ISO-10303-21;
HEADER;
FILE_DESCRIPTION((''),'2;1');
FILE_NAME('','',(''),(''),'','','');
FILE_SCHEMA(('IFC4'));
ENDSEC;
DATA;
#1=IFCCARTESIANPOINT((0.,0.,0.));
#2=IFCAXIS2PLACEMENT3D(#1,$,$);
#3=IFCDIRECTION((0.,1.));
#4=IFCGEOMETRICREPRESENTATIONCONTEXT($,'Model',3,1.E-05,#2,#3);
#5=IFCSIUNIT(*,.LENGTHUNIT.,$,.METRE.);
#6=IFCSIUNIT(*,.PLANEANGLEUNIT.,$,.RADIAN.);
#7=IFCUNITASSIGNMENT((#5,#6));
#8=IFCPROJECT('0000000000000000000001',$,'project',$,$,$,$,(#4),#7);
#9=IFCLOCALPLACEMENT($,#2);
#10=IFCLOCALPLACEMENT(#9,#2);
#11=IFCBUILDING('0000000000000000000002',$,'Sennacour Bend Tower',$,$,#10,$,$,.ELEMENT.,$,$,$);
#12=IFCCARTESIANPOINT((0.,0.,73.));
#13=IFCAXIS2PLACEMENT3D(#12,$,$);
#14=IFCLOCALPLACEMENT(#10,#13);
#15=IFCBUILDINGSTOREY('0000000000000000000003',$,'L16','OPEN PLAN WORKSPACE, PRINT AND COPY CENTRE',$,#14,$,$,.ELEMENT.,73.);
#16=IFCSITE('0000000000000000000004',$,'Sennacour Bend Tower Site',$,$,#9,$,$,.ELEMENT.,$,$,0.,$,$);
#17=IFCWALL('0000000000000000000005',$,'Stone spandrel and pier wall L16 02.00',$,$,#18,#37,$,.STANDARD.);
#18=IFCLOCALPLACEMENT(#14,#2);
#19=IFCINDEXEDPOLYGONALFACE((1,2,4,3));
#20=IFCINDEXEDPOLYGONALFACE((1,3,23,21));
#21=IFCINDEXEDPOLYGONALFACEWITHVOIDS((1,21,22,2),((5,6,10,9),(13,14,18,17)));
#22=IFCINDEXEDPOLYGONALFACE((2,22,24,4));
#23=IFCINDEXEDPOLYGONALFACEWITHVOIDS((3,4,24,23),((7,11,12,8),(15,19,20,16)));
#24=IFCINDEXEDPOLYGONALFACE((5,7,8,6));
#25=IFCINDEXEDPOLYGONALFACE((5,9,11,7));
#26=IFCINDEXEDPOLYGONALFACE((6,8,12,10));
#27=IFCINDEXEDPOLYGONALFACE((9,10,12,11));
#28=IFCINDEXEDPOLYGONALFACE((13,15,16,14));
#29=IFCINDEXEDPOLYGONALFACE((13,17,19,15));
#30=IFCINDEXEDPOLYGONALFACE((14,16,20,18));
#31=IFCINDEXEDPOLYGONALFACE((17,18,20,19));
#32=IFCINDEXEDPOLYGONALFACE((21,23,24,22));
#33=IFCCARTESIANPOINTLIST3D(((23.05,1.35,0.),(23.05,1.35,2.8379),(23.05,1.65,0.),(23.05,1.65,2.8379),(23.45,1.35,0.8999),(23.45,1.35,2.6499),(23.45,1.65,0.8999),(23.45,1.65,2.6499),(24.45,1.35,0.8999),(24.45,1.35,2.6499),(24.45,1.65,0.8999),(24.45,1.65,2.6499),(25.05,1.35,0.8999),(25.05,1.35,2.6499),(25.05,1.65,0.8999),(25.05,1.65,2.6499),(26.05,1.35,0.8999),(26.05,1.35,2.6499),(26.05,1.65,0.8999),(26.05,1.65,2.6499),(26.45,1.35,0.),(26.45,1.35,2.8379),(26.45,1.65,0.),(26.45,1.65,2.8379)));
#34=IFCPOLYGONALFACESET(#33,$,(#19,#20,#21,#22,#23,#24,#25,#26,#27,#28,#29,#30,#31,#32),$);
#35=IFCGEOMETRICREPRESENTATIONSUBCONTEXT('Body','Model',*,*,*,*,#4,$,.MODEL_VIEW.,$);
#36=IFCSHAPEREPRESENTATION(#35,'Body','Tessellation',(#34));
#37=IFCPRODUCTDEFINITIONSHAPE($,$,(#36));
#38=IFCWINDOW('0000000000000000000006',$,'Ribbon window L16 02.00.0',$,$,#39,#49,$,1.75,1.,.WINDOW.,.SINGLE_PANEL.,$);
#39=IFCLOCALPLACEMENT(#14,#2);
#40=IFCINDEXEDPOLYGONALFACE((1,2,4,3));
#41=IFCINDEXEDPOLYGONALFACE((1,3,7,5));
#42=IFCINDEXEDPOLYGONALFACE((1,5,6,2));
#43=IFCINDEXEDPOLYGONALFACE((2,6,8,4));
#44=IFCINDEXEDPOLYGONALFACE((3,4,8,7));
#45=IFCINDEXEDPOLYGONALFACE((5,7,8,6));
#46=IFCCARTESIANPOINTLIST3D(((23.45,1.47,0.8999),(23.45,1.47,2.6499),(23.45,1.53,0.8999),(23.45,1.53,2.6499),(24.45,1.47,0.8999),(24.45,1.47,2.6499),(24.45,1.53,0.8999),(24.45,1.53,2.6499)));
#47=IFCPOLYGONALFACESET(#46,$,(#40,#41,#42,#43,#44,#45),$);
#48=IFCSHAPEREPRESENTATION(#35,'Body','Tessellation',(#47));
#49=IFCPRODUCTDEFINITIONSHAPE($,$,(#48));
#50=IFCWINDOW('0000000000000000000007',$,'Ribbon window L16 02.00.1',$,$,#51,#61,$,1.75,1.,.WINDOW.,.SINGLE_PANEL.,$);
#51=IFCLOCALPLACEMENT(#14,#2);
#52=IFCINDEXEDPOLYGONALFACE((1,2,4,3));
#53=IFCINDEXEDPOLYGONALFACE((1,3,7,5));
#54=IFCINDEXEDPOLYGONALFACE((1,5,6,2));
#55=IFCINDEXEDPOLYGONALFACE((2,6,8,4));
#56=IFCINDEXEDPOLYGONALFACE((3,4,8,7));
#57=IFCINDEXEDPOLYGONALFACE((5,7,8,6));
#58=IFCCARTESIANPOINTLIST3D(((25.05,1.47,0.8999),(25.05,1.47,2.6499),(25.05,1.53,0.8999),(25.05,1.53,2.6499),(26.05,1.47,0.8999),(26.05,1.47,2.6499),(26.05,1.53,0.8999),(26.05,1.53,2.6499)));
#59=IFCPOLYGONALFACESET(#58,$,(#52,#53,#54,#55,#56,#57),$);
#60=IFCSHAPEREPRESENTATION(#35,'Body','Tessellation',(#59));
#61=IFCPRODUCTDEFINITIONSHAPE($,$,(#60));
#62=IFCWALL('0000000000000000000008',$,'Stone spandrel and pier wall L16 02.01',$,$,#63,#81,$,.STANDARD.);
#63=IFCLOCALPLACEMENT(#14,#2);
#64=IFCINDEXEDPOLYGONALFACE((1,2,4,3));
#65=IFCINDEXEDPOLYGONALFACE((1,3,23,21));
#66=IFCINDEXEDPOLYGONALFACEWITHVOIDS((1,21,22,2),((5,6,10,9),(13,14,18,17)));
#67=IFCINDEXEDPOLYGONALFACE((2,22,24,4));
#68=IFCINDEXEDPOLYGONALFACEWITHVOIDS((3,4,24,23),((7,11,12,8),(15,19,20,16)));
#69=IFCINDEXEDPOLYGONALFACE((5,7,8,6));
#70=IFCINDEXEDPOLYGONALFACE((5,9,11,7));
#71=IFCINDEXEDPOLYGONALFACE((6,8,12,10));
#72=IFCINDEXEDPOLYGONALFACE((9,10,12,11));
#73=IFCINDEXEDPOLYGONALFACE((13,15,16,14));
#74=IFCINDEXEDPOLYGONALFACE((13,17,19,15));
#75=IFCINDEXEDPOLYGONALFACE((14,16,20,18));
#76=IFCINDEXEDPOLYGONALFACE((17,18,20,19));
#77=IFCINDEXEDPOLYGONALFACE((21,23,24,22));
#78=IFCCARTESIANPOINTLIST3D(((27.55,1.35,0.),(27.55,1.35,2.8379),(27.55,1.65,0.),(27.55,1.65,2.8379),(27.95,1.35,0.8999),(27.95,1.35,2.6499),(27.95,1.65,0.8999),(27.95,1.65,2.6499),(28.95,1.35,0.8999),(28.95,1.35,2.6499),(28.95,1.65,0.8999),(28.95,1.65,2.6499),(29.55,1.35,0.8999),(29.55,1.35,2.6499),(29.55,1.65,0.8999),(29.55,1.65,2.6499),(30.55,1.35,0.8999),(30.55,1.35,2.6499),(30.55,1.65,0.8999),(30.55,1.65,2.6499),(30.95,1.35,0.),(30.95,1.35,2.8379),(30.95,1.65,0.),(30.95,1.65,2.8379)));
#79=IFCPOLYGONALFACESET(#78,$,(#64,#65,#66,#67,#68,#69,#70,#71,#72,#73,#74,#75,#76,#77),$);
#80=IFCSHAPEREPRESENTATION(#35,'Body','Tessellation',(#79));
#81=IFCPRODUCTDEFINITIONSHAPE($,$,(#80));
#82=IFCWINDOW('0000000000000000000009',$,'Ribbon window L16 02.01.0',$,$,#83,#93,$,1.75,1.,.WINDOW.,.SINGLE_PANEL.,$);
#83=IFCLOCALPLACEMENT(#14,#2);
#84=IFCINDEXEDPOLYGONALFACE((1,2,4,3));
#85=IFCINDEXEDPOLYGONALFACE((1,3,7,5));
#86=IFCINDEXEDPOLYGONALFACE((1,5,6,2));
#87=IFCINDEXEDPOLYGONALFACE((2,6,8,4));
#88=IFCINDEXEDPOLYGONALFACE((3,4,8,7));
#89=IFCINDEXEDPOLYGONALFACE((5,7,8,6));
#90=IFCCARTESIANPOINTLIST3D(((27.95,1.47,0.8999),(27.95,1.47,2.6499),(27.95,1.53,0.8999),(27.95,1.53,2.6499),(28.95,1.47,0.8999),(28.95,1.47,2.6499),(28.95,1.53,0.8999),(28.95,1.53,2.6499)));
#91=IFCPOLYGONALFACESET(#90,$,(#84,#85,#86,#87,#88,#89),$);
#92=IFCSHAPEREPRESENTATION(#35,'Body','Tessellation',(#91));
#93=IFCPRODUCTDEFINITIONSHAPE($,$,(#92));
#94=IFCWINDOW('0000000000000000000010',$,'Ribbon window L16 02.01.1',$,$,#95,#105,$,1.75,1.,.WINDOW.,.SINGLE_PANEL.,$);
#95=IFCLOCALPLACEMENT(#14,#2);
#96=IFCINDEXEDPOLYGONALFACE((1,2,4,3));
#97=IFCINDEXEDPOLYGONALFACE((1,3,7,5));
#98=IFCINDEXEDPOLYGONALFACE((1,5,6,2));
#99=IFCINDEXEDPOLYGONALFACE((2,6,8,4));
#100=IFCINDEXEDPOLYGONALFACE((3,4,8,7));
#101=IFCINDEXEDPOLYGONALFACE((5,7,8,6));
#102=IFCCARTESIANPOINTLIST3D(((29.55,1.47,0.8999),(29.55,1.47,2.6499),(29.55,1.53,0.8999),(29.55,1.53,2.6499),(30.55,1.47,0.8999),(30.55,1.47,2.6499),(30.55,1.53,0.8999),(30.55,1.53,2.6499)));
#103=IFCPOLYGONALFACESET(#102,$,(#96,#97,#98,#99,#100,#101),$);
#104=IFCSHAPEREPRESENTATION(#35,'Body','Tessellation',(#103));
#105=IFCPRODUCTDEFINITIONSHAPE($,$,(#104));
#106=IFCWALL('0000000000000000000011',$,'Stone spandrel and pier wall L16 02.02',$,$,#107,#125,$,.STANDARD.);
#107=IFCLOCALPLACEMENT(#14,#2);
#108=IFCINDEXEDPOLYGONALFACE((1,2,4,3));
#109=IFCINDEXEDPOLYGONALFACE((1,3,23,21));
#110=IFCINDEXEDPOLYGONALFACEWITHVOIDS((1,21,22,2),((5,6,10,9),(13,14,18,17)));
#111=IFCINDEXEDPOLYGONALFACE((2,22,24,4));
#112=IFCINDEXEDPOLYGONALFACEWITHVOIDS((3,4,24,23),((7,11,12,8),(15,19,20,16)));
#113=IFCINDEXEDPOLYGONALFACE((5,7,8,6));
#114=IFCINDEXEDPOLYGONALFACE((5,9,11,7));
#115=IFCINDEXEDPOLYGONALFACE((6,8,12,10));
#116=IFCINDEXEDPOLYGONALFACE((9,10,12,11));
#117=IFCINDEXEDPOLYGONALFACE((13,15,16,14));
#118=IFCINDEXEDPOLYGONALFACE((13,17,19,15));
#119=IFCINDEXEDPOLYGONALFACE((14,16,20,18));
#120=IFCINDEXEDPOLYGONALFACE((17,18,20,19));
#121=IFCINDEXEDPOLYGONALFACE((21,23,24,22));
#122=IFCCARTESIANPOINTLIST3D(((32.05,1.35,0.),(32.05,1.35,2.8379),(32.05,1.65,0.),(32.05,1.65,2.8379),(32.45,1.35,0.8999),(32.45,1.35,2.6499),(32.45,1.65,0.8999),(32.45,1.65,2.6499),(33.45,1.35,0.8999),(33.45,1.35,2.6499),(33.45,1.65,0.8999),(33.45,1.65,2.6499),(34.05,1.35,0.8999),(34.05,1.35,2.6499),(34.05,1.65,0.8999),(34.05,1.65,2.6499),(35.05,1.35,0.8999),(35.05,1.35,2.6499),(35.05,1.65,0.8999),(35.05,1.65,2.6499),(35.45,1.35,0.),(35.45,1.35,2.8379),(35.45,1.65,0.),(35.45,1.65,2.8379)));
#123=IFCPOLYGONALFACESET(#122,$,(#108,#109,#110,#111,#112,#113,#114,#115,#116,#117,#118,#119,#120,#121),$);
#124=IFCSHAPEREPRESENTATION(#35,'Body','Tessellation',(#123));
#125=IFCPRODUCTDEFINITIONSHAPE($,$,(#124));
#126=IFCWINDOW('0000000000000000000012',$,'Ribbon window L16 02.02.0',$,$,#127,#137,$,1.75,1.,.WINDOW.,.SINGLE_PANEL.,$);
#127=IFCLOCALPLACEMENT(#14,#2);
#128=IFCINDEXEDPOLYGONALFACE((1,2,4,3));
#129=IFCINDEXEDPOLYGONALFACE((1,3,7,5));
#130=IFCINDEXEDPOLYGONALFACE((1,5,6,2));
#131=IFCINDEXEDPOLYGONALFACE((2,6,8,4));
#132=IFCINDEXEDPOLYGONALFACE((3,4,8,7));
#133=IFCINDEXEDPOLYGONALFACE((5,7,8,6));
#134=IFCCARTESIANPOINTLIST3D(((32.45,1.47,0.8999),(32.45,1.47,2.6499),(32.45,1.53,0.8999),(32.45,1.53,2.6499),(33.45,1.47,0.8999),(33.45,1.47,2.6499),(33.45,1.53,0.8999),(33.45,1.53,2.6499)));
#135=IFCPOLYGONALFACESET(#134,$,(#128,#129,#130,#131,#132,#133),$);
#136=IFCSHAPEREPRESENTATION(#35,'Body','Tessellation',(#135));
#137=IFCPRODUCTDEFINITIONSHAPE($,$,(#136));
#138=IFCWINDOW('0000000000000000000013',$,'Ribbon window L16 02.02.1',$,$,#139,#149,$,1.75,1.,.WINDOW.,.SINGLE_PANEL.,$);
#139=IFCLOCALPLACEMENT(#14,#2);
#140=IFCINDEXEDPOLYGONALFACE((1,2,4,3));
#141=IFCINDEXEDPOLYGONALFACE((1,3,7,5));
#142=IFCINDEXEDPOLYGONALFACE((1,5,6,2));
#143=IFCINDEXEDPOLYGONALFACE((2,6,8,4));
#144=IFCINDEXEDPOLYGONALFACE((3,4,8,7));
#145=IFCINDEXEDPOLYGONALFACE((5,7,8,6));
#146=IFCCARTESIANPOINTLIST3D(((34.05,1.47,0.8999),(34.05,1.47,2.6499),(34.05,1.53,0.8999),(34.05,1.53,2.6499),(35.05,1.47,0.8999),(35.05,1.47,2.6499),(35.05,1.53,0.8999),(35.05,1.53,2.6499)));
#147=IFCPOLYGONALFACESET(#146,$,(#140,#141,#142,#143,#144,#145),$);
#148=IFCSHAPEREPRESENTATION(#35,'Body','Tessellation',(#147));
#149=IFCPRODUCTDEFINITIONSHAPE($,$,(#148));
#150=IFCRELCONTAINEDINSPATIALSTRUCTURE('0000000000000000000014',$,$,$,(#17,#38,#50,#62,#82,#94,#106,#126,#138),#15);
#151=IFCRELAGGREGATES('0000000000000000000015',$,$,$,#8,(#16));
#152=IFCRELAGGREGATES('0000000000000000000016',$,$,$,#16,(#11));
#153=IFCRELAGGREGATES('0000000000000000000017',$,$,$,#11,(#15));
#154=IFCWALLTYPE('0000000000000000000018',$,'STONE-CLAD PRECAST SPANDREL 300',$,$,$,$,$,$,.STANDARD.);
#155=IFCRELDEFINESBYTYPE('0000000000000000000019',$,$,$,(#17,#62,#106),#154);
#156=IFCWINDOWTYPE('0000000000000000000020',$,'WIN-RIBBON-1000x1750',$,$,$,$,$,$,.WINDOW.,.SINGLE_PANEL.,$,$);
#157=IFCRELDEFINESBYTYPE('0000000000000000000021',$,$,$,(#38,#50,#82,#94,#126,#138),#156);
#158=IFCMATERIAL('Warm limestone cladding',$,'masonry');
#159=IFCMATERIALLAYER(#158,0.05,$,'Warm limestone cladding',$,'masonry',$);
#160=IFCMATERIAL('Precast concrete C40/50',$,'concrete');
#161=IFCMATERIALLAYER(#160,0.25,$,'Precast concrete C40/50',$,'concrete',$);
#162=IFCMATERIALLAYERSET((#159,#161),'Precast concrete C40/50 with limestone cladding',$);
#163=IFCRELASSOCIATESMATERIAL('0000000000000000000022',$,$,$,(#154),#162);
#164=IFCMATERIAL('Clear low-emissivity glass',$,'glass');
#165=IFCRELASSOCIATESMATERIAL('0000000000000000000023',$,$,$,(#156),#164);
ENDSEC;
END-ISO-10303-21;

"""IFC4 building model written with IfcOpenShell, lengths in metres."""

from ifc_helpers import new_model, si_unit, direction, frame, frame_2d, origin, place, context, subcontext, project, spatial, rectangle, extrude, material, layer, layer_set, type_object, element, fill, save


model = new_model("IFC4")

# Units and contexts
model_context = context("Model", 3, precision=1e-05, world=origin(), true_north=direction((0.0, 1.0)))
body_context = subcontext(model_context, "Body", "Model", "MODEL_VIEW")
ifc_project = project(units=[si_unit("LENGTHUNIT", "METRE"), si_unit("PLANEANGLEUNIT", "RADIAN")], contexts=[model_context])

# Site, building, storey
site_placement = place(None, origin())
site = spatial("IfcSite", under=ifc_project, at=site_placement, Name="Sennacour Bend Tower Site", CompositionType="ELEMENT", RefElevation=0.0)
building_placement = place(site_placement, origin())
building = spatial("IfcBuilding", under=site, at=building_placement, Name="Sennacour Bend Tower", CompositionType="ELEMENT")
storey_placement = place(building_placement, frame((0.0, 0.0, 73.0)))
storey = spatial("IfcBuildingStorey", under=building, at=storey_placement, Name="L16", Description="OPEN PLAN WORKSPACE, PRINT AND COPY CENTRE", CompositionType="ELEMENT", Elevation=73.0)

# Shared definitions
ifc_material_1 = material(Name="Warm limestone cladding", Category="masonry")
ifc_layer_1 = layer(ifc_material_1, 0.05, Name="Warm limestone cladding", Category="masonry")
ifc_material_2 = material(Name="Precast concrete C40/50", Category="concrete")
ifc_layer_2 = layer(ifc_material_2, 0.25, Name="Precast concrete C40/50", Category="concrete")
ifc_layer_set_1 = layer_set([ifc_layer_1, ifc_layer_2], Name="Precast concrete C40/50 with limestone cladding")
wall_type_1 = type_object("IfcWallType", Name="STONE-CLAD PRECAST SPANDREL 300", PredefinedType="STANDARD", material=ifc_layer_set_1)

# Walls, openings, windows
wall_1_placement = place(storey_placement, frame((23.05, 1.5, 0.0), z_axis=(0.0, 0.0, 1.0), x_axis=(1.0, 0.0, 0.0)))
wall_1 = element("IfcWall", 1, at=wall_1_placement, inside=storey, type_object=wall_type_1, Name="Stone spandrel and pier wall L16 02.00", PredefinedType="STANDARD", context=body_context, shape_type="SweptSolid", body=[
    extrude(rectangle(XDim=3.3999, YDim=0.3, at=frame_2d((1.7, 0.0))), origin(), (0.0, 0.0, 1.0), 2.8379),
])
opening_1_placement = place(wall_1_placement, frame((0.3999, 0.0, 0.8999)))
opening_1 = element("IfcOpeningElement", 2, at=opening_1_placement, cuts=wall_1, PredefinedType="OPENING", context=body_context, shape_type="SweptSolid", body=[
    extrude(rectangle(XDim=1.0, YDim=1.75, at=frame_2d((0.5, 0.875))), frame((0.0, 0.1602, 0.0), z_axis=(0.0, -1.0, 0.0), x_axis=(1.0, 0.0, 0.0)), (0.0, 0.0, 1.0), 0.3201),
])
opening_2_placement = place(wall_1_placement, frame((2.0, 0.0, 0.8999)))
opening_2 = element("IfcOpeningElement", 3, at=opening_2_placement, cuts=wall_1, PredefinedType="OPENING", context=body_context, shape_type="SweptSolid", body=[
    extrude(rectangle(XDim=1.0, YDim=1.75, at=frame_2d((0.5, 0.875))), frame((0.0, 0.1602, 0.0), z_axis=(0.0, -1.0, 0.0), x_axis=(1.0, 0.0, 0.0)), (0.0, 0.0, 1.0), 0.3201),
])
ifc_material_3 = material(Name="Clear low-emissivity glass", Category="glass")
window_type = type_object("IfcWindowType", Name="WIN-RIBBON-1000x1750", PartitioningType="SINGLE_PANEL", PredefinedType="WINDOW", material=ifc_material_3)
window_1_placement = place(opening_1_placement, origin())
window_1 = element("IfcWindow", 4, at=window_1_placement, inside=storey, type_object=window_type, Name="Ribbon window L16 02.00.0", OverallHeight=1.75, OverallWidth=1.0, PartitioningType="SINGLE_PANEL", PredefinedType="WINDOW", context=body_context, shape_type="SweptSolid", body=[
    extrude(rectangle(XDim=1.0, YDim=1.75, at=frame_2d((0.5, 0.875))), frame((0.0, 0.03, 0.0), z_axis=(0.0, -1.0, 0.0), x_axis=(1.0, 0.0, 0.0)), (0.0, 0.0, 1.0), 0.0601),
])
fill(opening_1, window_1)
window_2_placement = place(opening_2_placement, origin())
window_2 = element("IfcWindow", 5, at=window_2_placement, inside=storey, type_object=window_type, Name="Ribbon window L16 02.00.1", OverallHeight=1.75, OverallWidth=1.0, PartitioningType="SINGLE_PANEL", PredefinedType="WINDOW", context=body_context, shape_type="SweptSolid", body=[
    extrude(rectangle(XDim=1.0, YDim=1.75, at=frame_2d((0.5, 0.875))), frame((0.0, 0.03, 0.0), z_axis=(0.0, -1.0, 0.0), x_axis=(1.0, 0.0, 0.0)), (0.0, 0.0, 1.0), 0.0601),
])
fill(opening_2, window_2)
wall_2_placement = place(storey_placement, frame((27.55, 1.5, 0.0), z_axis=(0.0, 0.0, 1.0), x_axis=(1.0, 0.0, 0.0)))
wall_2 = element("IfcWall", 6, at=wall_2_placement, inside=storey, type_object=wall_type_1, Name="Stone spandrel and pier wall L16 02.01", PredefinedType="STANDARD", context=body_context, shape_type="SweptSolid", body=[
    extrude(rectangle(XDim=3.3999, YDim=0.3, at=frame_2d((1.7, 0.0))), origin(), (0.0, 0.0, 1.0), 2.8379),
])
opening_3_placement = place(wall_2_placement, frame((0.3999, 0.0, 0.8999)))
opening_3 = element("IfcOpeningElement", 7, at=opening_3_placement, cuts=wall_2, PredefinedType="OPENING", context=body_context, shape_type="SweptSolid", body=[
    extrude(rectangle(XDim=1.0, YDim=1.75, at=frame_2d((0.5, 0.875))), frame((0.0, 0.1602, 0.0), z_axis=(0.0, -1.0, 0.0), x_axis=(1.0, 0.0, 0.0)), (0.0, 0.0, 1.0), 0.3201),
])
opening_4_placement = place(wall_2_placement, frame((2.0, 0.0, 0.8999)))
opening_4 = element("IfcOpeningElement", 8, at=opening_4_placement, cuts=wall_2, PredefinedType="OPENING", context=body_context, shape_type="SweptSolid", body=[
    extrude(rectangle(XDim=1.0, YDim=1.75, at=frame_2d((0.5, 0.875))), frame((0.0, 0.1602, 0.0), z_axis=(0.0, -1.0, 0.0), x_axis=(1.0, 0.0, 0.0)), (0.0, 0.0, 1.0), 0.3201),
])
window_3_placement = place(opening_3_placement, origin())
window_3 = element("IfcWindow", 9, at=window_3_placement, inside=storey, type_object=window_type, Name="Ribbon window L16 02.01.0", OverallHeight=1.75, OverallWidth=1.0, PartitioningType="SINGLE_PANEL", PredefinedType="WINDOW", context=body_context, shape_type="SweptSolid", body=[
    extrude(rectangle(XDim=1.0, YDim=1.75, at=frame_2d((0.5, 0.875))), frame((0.0, 0.03, 0.0), z_axis=(0.0, -1.0, 0.0), x_axis=(1.0, 0.0, 0.0)), (0.0, 0.0, 1.0), 0.0601),
])
fill(opening_3, window_3)
window_4_placement = place(opening_4_placement, origin())
window_4 = element("IfcWindow", 10, at=window_4_placement, inside=storey, type_object=window_type, Name="Ribbon window L16 02.01.1", OverallHeight=1.75, OverallWidth=1.0, PartitioningType="SINGLE_PANEL", PredefinedType="WINDOW", context=body_context, shape_type="SweptSolid", body=[
    extrude(rectangle(XDim=1.0, YDim=1.75, at=frame_2d((0.5, 0.875))), frame((0.0, 0.03, 0.0), z_axis=(0.0, -1.0, 0.0), x_axis=(1.0, 0.0, 0.0)), (0.0, 0.0, 1.0), 0.0601),
])
fill(opening_4, window_4)
wall_3_placement = place(storey_placement, frame((32.05, 1.5, 0.0), z_axis=(0.0, 0.0, 1.0), x_axis=(1.0, 0.0, 0.0)))
wall_3 = element("IfcWall", 11, at=wall_3_placement, inside=storey, type_object=wall_type_1, Name="Stone spandrel and pier wall L16 02.02", PredefinedType="STANDARD", context=body_context, shape_type="SweptSolid", body=[
    extrude(rectangle(XDim=3.3999, YDim=0.3, at=frame_2d((1.7, 0.0))), origin(), (0.0, 0.0, 1.0), 2.8379),
])
opening_5_placement = place(wall_3_placement, frame((0.3999, 0.0, 0.8999)))
opening_5 = element("IfcOpeningElement", 12, at=opening_5_placement, cuts=wall_3, PredefinedType="OPENING", context=body_context, shape_type="SweptSolid", body=[
    extrude(rectangle(XDim=1.0, YDim=1.75, at=frame_2d((0.5, 0.875))), frame((0.0, 0.1602, 0.0), z_axis=(0.0, -1.0, 0.0), x_axis=(1.0, 0.0, 0.0)), (0.0, 0.0, 1.0), 0.3201),
])
opening_6_placement = place(wall_3_placement, frame((2.0, 0.0, 0.8999)))
opening_6 = element("IfcOpeningElement", 13, at=opening_6_placement, cuts=wall_3, PredefinedType="OPENING", context=body_context, shape_type="SweptSolid", body=[
    extrude(rectangle(XDim=1.0, YDim=1.75, at=frame_2d((0.5, 0.875))), frame((0.0, 0.1602, 0.0), z_axis=(0.0, -1.0, 0.0), x_axis=(1.0, 0.0, 0.0)), (0.0, 0.0, 1.0), 0.3201),
])
window_5_placement = place(opening_5_placement, origin())
window_5 = element("IfcWindow", 14, at=window_5_placement, inside=storey, type_object=window_type, Name="Ribbon window L16 02.02.0", OverallHeight=1.75, OverallWidth=1.0, PartitioningType="SINGLE_PANEL", PredefinedType="WINDOW", context=body_context, shape_type="SweptSolid", body=[
    extrude(rectangle(XDim=1.0, YDim=1.75, at=frame_2d((0.5, 0.875))), frame((0.0, 0.03, 0.0), z_axis=(0.0, -1.0, 0.0), x_axis=(1.0, 0.0, 0.0)), (0.0, 0.0, 1.0), 0.0601),
])
fill(opening_5, window_5)
window_6_placement = place(opening_6_placement, origin())
window_6 = element("IfcWindow", 15, at=window_6_placement, inside=storey, type_object=window_type, Name="Ribbon window L16 02.02.1", OverallHeight=1.75, OverallWidth=1.0, PartitioningType="SINGLE_PANEL", PredefinedType="WINDOW", context=body_context, shape_type="SweptSolid", body=[
    extrude(rectangle(XDim=1.0, YDim=1.75, at=frame_2d((0.5, 0.875))), frame((0.0, 0.03, 0.0), z_axis=(0.0, -1.0, 0.0), x_axis=(1.0, 0.0, 0.0)), (0.0, 0.0, 1.0), 0.0601),
])
fill(opening_6, window_6)

save(model, "model.ifc")
